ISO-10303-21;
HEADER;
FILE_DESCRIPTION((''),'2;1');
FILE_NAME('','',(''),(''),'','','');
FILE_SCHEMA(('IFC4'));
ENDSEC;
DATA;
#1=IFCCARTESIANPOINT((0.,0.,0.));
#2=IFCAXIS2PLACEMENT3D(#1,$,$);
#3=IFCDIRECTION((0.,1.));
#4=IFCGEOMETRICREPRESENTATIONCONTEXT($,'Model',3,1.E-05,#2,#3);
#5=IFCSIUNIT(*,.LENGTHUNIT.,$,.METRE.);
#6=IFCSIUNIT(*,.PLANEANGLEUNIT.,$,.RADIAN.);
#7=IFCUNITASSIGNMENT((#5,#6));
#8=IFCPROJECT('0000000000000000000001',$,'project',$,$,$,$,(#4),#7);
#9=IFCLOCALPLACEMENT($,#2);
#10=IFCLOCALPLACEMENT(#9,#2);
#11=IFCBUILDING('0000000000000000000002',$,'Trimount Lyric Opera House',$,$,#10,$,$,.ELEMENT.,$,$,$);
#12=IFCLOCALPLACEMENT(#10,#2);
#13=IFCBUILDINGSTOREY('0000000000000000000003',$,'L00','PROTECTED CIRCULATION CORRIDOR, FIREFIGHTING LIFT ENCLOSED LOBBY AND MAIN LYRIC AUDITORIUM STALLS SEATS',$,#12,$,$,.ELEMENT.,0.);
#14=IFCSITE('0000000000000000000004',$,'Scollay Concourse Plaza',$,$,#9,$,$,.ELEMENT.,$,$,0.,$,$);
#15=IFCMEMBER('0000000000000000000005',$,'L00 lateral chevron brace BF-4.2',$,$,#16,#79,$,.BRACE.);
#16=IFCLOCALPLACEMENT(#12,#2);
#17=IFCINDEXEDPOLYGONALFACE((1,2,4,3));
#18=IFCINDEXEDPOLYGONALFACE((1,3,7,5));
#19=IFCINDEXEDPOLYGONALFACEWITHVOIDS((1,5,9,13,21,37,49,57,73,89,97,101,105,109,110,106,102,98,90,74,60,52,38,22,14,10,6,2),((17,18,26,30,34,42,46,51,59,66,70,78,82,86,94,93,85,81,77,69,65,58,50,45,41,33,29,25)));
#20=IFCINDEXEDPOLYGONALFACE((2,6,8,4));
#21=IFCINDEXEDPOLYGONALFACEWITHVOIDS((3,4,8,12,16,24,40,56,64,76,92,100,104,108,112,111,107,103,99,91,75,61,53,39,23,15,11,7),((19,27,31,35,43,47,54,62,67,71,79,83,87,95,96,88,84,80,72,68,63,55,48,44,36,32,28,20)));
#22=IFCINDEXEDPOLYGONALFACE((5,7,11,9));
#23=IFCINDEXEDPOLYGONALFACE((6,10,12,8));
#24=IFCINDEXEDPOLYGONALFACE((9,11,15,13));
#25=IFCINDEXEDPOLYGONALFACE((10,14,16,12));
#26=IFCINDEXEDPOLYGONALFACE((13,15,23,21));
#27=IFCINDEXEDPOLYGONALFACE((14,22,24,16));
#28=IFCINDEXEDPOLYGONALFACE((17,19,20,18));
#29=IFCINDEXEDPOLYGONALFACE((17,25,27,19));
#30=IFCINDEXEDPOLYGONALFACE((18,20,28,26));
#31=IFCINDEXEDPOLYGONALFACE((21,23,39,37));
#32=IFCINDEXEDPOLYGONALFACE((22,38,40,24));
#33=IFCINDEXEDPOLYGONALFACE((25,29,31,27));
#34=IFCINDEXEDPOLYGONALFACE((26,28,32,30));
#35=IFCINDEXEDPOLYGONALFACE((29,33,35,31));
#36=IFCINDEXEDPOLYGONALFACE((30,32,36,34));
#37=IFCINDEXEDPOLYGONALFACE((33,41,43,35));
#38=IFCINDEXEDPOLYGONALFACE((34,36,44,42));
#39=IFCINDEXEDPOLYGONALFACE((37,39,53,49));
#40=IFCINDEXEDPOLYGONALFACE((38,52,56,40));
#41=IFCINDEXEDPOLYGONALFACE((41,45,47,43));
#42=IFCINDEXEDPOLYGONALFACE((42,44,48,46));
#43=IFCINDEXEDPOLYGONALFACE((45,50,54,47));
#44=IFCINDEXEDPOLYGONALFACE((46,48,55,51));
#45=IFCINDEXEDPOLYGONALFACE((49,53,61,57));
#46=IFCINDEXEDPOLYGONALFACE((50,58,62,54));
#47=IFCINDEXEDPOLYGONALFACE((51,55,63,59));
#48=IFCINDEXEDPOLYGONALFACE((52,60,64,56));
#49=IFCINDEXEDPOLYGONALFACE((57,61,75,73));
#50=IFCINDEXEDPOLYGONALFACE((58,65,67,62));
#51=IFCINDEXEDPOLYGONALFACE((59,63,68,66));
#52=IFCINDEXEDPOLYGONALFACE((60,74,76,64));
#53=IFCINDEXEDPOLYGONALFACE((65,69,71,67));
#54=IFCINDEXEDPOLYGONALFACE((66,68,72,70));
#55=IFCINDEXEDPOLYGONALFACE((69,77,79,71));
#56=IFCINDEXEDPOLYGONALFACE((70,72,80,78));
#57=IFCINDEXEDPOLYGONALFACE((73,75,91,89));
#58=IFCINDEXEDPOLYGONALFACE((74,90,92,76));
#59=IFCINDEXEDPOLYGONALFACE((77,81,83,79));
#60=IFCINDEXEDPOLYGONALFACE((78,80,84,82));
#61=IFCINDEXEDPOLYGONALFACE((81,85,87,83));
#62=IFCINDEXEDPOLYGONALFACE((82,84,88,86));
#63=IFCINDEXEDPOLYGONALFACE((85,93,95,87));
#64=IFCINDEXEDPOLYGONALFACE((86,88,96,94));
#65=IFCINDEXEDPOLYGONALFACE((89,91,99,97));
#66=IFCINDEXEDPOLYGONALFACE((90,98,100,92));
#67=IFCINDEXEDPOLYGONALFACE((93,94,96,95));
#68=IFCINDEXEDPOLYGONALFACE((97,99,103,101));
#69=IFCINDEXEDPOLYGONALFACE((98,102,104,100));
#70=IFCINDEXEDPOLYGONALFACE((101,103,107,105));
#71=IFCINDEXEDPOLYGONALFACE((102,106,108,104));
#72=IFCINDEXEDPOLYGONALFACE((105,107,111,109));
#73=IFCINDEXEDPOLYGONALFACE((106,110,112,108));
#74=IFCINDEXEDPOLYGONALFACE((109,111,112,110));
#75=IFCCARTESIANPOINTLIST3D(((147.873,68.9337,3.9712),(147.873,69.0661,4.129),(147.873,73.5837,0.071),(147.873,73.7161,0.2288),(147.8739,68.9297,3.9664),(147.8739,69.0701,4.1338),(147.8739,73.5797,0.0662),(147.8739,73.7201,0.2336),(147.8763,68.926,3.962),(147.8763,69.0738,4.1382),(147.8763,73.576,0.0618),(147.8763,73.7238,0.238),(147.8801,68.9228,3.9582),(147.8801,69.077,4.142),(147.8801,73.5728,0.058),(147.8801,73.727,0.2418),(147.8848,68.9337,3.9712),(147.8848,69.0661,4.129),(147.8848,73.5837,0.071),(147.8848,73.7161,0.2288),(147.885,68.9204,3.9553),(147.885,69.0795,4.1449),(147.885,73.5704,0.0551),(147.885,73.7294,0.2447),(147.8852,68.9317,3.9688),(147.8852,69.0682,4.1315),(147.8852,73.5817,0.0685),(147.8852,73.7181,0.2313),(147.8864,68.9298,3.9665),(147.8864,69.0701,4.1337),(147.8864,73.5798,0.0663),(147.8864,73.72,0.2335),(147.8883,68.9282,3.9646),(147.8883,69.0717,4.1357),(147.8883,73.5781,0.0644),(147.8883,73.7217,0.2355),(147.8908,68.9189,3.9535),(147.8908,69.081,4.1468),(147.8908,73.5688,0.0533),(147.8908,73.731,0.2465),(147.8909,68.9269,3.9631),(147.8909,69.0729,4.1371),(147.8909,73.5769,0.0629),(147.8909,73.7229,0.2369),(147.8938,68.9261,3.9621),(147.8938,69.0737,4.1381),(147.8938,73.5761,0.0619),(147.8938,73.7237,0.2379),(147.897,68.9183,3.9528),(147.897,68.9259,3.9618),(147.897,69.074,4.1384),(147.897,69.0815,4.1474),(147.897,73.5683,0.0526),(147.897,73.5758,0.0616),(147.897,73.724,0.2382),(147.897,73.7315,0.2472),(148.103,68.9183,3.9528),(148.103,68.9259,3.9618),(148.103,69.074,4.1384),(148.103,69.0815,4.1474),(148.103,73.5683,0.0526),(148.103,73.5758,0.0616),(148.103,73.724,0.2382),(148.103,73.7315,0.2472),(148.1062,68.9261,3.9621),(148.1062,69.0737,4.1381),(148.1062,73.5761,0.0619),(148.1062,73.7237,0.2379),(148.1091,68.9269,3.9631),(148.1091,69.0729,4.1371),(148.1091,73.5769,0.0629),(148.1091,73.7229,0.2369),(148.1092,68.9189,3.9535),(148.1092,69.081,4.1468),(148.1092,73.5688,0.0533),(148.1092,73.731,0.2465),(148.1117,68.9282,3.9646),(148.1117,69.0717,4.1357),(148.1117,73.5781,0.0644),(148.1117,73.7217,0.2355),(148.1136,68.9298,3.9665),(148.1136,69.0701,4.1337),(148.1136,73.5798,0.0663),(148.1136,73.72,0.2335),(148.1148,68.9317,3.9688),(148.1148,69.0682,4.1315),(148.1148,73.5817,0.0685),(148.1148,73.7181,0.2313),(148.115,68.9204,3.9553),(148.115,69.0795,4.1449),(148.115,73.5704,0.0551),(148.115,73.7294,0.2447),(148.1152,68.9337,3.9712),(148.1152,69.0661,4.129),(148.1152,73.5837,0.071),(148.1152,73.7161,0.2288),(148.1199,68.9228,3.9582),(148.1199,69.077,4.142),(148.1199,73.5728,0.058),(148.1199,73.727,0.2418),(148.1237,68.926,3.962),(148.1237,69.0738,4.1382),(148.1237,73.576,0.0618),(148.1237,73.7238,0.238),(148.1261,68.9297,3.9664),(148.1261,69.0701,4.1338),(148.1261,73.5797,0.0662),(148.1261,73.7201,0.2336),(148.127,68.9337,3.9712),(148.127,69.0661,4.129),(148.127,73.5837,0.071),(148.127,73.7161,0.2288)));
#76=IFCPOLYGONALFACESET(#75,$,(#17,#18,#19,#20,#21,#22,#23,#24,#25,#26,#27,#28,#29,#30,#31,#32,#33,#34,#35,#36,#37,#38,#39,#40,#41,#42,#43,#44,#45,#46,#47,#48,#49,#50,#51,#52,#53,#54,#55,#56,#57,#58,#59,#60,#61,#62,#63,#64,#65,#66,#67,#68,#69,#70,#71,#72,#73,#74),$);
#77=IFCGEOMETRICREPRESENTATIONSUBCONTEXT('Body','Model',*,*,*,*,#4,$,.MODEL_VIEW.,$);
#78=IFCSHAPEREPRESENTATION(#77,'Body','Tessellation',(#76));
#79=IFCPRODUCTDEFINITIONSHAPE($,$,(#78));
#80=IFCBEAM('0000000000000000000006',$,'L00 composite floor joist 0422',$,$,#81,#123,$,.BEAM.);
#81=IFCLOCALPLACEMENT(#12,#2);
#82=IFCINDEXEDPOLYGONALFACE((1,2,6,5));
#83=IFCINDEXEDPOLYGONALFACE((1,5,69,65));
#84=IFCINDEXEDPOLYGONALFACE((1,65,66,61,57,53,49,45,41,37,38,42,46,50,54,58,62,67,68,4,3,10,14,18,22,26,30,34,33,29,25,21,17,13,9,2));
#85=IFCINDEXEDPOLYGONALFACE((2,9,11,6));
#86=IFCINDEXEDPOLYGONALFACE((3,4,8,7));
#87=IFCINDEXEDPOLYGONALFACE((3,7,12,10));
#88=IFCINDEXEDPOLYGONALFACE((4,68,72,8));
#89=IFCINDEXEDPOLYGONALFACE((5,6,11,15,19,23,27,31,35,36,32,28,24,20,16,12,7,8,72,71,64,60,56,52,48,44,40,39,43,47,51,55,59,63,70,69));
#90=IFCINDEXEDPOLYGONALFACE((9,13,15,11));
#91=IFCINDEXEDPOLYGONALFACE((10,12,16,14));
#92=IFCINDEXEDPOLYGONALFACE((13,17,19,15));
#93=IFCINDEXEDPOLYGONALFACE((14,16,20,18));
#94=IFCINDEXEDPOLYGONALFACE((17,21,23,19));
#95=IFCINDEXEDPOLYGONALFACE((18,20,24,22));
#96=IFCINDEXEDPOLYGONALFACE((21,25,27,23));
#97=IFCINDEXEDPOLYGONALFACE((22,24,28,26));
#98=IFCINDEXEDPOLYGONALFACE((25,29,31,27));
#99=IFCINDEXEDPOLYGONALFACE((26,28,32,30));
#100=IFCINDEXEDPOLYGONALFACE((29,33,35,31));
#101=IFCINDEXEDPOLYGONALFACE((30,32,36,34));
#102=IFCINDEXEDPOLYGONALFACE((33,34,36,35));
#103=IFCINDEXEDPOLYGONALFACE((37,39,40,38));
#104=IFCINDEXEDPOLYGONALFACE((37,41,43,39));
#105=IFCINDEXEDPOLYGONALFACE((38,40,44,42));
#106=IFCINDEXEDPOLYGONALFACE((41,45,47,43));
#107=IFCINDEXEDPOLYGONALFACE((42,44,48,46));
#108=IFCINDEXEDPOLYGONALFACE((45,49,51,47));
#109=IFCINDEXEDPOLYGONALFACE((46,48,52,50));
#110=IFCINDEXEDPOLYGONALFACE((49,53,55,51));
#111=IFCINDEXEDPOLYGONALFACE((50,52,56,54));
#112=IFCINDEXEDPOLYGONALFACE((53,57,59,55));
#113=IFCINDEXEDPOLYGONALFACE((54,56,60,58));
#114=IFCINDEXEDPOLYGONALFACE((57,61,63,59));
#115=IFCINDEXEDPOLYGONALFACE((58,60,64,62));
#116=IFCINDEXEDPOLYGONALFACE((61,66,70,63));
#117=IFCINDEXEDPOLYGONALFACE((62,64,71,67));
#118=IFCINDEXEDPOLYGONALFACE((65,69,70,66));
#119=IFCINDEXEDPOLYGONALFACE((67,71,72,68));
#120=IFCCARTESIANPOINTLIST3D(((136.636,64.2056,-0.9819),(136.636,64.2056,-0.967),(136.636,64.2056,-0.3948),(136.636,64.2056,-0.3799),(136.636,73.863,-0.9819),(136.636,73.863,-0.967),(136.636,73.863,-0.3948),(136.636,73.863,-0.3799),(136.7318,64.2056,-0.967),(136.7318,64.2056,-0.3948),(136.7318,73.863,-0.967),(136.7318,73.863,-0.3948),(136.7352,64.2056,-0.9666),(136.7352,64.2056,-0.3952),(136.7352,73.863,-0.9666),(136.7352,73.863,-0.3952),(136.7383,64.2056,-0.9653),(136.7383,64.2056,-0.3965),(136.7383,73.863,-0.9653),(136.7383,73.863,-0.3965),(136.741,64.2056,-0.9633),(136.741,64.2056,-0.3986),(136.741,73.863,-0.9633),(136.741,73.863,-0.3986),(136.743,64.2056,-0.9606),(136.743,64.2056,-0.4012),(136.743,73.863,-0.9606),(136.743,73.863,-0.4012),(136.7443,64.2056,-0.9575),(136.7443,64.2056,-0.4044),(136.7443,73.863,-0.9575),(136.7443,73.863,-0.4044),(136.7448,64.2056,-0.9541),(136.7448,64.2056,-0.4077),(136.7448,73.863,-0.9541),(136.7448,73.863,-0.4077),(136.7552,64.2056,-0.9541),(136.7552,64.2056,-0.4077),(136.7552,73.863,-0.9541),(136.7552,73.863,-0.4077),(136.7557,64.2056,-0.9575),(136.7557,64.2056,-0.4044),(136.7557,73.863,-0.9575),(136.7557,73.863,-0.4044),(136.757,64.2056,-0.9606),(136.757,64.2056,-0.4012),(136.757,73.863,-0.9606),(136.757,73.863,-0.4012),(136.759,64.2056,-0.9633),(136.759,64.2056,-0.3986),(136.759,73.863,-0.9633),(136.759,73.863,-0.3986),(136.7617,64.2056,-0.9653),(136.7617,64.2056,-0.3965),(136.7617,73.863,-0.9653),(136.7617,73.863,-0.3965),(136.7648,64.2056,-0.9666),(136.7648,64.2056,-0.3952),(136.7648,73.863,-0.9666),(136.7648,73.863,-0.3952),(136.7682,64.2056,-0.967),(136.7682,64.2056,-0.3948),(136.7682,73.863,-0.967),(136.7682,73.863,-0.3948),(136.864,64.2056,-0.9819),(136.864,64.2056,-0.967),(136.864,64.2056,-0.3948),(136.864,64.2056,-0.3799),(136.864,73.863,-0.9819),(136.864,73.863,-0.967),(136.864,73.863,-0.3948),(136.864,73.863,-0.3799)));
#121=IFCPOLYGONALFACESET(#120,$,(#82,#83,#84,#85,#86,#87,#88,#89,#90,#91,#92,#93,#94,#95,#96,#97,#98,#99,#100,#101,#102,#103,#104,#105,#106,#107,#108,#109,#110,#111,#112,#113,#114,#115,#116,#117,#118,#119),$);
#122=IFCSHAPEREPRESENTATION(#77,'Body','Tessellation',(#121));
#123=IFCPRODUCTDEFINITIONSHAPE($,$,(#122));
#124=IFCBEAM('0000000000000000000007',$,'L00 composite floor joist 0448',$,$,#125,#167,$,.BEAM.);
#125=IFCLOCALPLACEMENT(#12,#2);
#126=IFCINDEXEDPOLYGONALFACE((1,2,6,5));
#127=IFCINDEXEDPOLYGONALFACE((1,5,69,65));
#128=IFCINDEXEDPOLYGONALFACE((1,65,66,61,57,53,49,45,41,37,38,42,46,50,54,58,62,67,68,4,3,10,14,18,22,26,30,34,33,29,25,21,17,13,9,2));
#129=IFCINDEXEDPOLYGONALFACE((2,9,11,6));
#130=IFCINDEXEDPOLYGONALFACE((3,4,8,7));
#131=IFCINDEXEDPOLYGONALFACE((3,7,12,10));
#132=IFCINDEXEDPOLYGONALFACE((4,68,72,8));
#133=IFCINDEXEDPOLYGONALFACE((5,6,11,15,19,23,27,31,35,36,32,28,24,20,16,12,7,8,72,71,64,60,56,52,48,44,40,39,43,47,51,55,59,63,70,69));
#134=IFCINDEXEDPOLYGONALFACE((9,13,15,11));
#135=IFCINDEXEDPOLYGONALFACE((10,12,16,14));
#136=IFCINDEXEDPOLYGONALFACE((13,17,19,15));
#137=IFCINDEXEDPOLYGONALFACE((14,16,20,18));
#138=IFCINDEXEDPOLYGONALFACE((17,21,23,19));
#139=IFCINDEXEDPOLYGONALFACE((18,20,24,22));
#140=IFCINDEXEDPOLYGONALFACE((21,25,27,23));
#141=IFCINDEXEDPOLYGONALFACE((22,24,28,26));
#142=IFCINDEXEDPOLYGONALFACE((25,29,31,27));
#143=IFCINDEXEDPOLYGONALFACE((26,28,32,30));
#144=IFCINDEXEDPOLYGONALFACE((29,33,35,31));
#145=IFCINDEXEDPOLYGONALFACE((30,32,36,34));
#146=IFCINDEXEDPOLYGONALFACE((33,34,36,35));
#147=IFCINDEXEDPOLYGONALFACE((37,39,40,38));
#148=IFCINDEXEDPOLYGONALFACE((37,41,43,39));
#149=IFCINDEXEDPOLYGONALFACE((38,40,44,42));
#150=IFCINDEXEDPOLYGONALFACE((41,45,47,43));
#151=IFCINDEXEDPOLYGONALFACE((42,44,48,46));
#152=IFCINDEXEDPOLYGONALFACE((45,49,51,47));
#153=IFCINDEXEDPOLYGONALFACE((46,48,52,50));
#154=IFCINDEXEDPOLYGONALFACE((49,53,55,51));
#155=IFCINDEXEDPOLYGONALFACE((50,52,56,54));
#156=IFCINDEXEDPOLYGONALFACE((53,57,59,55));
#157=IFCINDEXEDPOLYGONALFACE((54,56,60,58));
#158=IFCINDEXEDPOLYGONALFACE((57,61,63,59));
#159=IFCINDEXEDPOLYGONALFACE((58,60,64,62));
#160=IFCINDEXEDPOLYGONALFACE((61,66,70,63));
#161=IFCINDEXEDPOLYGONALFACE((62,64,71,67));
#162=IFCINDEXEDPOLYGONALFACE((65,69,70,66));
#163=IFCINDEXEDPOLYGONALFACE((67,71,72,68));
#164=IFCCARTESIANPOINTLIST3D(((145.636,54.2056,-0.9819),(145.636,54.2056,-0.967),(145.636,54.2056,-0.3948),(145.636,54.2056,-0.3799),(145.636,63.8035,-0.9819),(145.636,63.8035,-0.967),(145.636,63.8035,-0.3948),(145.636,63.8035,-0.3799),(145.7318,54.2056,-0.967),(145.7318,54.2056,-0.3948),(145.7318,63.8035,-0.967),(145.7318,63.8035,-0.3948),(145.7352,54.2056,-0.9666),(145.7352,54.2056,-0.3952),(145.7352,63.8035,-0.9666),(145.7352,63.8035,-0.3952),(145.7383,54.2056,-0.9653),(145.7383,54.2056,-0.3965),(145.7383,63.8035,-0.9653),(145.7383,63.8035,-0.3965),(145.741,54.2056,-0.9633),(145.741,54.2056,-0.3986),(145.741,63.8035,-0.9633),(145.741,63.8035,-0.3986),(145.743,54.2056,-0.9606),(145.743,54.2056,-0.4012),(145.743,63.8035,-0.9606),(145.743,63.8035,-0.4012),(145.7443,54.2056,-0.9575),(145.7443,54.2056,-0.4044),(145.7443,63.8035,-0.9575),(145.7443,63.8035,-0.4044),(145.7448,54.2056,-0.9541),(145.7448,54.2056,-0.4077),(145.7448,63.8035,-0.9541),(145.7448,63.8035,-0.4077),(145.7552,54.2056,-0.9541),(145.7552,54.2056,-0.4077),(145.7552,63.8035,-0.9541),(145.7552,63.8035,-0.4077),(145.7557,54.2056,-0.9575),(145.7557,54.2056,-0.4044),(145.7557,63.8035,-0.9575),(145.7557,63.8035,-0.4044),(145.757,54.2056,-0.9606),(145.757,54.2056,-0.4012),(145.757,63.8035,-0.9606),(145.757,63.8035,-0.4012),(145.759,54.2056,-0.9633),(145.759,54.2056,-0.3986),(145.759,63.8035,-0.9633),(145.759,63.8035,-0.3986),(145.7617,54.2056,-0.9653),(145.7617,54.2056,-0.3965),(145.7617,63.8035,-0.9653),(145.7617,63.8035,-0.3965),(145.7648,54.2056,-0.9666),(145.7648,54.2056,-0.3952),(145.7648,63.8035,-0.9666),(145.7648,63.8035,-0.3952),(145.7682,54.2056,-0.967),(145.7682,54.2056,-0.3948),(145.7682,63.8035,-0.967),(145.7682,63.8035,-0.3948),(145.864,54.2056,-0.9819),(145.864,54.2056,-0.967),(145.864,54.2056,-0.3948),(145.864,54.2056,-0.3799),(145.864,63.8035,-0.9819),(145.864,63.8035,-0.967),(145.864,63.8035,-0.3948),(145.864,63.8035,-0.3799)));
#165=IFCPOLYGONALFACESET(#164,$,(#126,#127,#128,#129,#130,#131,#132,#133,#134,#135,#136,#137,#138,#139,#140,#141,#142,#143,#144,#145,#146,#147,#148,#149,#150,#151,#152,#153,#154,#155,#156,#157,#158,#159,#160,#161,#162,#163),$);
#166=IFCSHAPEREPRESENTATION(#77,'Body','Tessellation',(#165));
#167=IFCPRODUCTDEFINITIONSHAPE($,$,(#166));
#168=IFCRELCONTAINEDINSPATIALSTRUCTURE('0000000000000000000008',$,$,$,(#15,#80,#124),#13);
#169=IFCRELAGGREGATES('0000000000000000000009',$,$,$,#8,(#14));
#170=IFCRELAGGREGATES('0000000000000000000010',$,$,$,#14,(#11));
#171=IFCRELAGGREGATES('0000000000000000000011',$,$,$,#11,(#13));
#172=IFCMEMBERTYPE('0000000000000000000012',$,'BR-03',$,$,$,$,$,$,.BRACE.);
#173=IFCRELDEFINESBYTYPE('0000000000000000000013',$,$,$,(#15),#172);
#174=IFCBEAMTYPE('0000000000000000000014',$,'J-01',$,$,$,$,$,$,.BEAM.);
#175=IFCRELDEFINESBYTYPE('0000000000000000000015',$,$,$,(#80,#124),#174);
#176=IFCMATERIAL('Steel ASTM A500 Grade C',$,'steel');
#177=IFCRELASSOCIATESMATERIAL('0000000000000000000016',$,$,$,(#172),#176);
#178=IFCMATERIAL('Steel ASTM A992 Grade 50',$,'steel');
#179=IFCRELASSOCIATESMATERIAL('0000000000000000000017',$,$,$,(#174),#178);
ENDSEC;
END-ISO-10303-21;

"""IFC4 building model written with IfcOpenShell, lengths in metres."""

from ifc_helpers import new_model, si_unit, direction, frame, origin, origin_2d, place, context, subcontext, project, spatial, hollow_rectangle, i_section, extrude, material, material_profile, profile_set, type_object, element, save


model = new_model("IFC4")

# Units and contexts
model_context = context("Model", 3, precision=1e-05, world=origin(), true_north=direction((0.0, 1.0)))
body_context = subcontext(model_context, "Body", "Model", "MODEL_VIEW")
ifc_project = project(units=[si_unit("LENGTHUNIT", "METRE"), si_unit("PLANEANGLEUNIT", "RADIAN")], contexts=[model_context])

# Site, building, storey
site_placement = place(None, origin())
site = spatial("IfcSite", under=ifc_project, at=site_placement, Name="Scollay Concourse Plaza", CompositionType="ELEMENT", RefElevation=0.0)
building_placement = place(site_placement, origin())
building = spatial("IfcBuilding", under=site, at=building_placement, Name="Trimount Lyric Opera House", CompositionType="ELEMENT")
storey_placement = place(building_placement, origin())
storey = spatial("IfcBuildingStorey", under=building, at=storey_placement, Name="L00", Description="PROTECTED CIRCULATION CORRIDOR, FIREFIGHTING LIFT ENCLOSED LOBBY AND MAIN LYRIC AUDITORIUM STALLS SEATS", CompositionType="ELEMENT", Elevation=0.0)

# Member
ifc_material_1 = material(Name="Steel ASTM A500 Grade C", Category="steel")
ifc_material_profile_1 = material_profile(ifc_material_1, hollow_rectangle(XDim=0.2539, YDim=0.2539, WallThickness=0.0117, InnerFilletRadius=0.0122, OuterFilletRadius=0.0239, at=origin_2d()), Name="HSS254.0X254.0X12.7")
ifc_profile_set_1 = profile_set([ifc_material_profile_1], Name="Steel ASTM A500 Grade C")
member_type_1 = type_object("IfcMemberType", Name="BR-03", PredefinedType="BRACE", material=ifc_profile_set_1)
member_1_placement = place(storey_placement, frame((148.0, 73.6499, 0.1499), z_axis=(0.0, -0.766173, 0.642634), x_axis=(1.0, 0.0, 0.0)))
element("IfcMember", 1, at=member_1_placement, inside=storey, type_object=member_type_1, Name="L00 lateral chevron brace BF-4.2", PredefinedType="BRACE", context=body_context, shape_type="SweptSolid", body=[
    extrude(hollow_rectangle(XDim=0.2539, YDim=0.2539, WallThickness=0.0117, InnerFilletRadius=0.0122, OuterFilletRadius=0.0239, at=origin_2d()), origin(), (0.0, 0.0, 1.0), 6.0691),
])

# Beams
ifc_material_2 = material(Name="Steel ASTM A992 Grade 50", Category="steel")
ifc_material_profile_2 = material_profile(ifc_material_2, i_section(OverallWidth=0.228, OverallDepth=0.6021, WebThickness=0.0105, FlangeThickness=0.0149, FilletRadius=0.0129, at=origin_2d()), Name="W24X68")
ifc_profile_set_2 = profile_set([ifc_material_profile_2], Name="Steel ASTM A992 Grade 50")
beam_type_1 = type_object("IfcBeamType", Name="J-01", PredefinedType="BEAM", material=ifc_profile_set_2)
beam_1_placement = place(storey_placement, frame((136.75, 64.2056, -0.6809), z_axis=(0.0, 1.0, 0.0), x_axis=(-1.0, 0.0, 0.0)))
element("IfcBeam", 2, at=beam_1_placement, inside=storey, type_object=beam_type_1, Name="L00 composite floor joist 0422", PredefinedType="BEAM", context=body_context, shape_type="SweptSolid", body=[
    extrude(i_section(OverallWidth=0.228, OverallDepth=0.6021, WebThickness=0.0105, FlangeThickness=0.0149, FilletRadius=0.0129, at=origin_2d()), origin(), (0.0, 0.0, 1.0), 9.6575),
])
beam_2_placement = place(storey_placement, frame((145.75, 54.2056, -0.6809), z_axis=(0.0, 1.0, 0.0), x_axis=(-1.0, 0.0, 0.0)))
element("IfcBeam", 3, at=beam_2_placement, inside=storey, type_object=beam_type_1, Name="L00 composite floor joist 0448", PredefinedType="BEAM", context=body_context, shape_type="SweptSolid", body=[
    extrude(i_section(OverallWidth=0.228, OverallDepth=0.6021, WebThickness=0.0105, FlangeThickness=0.0149, FilletRadius=0.0129, at=origin_2d()), origin(), (0.0, 0.0, 1.0), 9.5979),
])

save(model, "model.ifc")
